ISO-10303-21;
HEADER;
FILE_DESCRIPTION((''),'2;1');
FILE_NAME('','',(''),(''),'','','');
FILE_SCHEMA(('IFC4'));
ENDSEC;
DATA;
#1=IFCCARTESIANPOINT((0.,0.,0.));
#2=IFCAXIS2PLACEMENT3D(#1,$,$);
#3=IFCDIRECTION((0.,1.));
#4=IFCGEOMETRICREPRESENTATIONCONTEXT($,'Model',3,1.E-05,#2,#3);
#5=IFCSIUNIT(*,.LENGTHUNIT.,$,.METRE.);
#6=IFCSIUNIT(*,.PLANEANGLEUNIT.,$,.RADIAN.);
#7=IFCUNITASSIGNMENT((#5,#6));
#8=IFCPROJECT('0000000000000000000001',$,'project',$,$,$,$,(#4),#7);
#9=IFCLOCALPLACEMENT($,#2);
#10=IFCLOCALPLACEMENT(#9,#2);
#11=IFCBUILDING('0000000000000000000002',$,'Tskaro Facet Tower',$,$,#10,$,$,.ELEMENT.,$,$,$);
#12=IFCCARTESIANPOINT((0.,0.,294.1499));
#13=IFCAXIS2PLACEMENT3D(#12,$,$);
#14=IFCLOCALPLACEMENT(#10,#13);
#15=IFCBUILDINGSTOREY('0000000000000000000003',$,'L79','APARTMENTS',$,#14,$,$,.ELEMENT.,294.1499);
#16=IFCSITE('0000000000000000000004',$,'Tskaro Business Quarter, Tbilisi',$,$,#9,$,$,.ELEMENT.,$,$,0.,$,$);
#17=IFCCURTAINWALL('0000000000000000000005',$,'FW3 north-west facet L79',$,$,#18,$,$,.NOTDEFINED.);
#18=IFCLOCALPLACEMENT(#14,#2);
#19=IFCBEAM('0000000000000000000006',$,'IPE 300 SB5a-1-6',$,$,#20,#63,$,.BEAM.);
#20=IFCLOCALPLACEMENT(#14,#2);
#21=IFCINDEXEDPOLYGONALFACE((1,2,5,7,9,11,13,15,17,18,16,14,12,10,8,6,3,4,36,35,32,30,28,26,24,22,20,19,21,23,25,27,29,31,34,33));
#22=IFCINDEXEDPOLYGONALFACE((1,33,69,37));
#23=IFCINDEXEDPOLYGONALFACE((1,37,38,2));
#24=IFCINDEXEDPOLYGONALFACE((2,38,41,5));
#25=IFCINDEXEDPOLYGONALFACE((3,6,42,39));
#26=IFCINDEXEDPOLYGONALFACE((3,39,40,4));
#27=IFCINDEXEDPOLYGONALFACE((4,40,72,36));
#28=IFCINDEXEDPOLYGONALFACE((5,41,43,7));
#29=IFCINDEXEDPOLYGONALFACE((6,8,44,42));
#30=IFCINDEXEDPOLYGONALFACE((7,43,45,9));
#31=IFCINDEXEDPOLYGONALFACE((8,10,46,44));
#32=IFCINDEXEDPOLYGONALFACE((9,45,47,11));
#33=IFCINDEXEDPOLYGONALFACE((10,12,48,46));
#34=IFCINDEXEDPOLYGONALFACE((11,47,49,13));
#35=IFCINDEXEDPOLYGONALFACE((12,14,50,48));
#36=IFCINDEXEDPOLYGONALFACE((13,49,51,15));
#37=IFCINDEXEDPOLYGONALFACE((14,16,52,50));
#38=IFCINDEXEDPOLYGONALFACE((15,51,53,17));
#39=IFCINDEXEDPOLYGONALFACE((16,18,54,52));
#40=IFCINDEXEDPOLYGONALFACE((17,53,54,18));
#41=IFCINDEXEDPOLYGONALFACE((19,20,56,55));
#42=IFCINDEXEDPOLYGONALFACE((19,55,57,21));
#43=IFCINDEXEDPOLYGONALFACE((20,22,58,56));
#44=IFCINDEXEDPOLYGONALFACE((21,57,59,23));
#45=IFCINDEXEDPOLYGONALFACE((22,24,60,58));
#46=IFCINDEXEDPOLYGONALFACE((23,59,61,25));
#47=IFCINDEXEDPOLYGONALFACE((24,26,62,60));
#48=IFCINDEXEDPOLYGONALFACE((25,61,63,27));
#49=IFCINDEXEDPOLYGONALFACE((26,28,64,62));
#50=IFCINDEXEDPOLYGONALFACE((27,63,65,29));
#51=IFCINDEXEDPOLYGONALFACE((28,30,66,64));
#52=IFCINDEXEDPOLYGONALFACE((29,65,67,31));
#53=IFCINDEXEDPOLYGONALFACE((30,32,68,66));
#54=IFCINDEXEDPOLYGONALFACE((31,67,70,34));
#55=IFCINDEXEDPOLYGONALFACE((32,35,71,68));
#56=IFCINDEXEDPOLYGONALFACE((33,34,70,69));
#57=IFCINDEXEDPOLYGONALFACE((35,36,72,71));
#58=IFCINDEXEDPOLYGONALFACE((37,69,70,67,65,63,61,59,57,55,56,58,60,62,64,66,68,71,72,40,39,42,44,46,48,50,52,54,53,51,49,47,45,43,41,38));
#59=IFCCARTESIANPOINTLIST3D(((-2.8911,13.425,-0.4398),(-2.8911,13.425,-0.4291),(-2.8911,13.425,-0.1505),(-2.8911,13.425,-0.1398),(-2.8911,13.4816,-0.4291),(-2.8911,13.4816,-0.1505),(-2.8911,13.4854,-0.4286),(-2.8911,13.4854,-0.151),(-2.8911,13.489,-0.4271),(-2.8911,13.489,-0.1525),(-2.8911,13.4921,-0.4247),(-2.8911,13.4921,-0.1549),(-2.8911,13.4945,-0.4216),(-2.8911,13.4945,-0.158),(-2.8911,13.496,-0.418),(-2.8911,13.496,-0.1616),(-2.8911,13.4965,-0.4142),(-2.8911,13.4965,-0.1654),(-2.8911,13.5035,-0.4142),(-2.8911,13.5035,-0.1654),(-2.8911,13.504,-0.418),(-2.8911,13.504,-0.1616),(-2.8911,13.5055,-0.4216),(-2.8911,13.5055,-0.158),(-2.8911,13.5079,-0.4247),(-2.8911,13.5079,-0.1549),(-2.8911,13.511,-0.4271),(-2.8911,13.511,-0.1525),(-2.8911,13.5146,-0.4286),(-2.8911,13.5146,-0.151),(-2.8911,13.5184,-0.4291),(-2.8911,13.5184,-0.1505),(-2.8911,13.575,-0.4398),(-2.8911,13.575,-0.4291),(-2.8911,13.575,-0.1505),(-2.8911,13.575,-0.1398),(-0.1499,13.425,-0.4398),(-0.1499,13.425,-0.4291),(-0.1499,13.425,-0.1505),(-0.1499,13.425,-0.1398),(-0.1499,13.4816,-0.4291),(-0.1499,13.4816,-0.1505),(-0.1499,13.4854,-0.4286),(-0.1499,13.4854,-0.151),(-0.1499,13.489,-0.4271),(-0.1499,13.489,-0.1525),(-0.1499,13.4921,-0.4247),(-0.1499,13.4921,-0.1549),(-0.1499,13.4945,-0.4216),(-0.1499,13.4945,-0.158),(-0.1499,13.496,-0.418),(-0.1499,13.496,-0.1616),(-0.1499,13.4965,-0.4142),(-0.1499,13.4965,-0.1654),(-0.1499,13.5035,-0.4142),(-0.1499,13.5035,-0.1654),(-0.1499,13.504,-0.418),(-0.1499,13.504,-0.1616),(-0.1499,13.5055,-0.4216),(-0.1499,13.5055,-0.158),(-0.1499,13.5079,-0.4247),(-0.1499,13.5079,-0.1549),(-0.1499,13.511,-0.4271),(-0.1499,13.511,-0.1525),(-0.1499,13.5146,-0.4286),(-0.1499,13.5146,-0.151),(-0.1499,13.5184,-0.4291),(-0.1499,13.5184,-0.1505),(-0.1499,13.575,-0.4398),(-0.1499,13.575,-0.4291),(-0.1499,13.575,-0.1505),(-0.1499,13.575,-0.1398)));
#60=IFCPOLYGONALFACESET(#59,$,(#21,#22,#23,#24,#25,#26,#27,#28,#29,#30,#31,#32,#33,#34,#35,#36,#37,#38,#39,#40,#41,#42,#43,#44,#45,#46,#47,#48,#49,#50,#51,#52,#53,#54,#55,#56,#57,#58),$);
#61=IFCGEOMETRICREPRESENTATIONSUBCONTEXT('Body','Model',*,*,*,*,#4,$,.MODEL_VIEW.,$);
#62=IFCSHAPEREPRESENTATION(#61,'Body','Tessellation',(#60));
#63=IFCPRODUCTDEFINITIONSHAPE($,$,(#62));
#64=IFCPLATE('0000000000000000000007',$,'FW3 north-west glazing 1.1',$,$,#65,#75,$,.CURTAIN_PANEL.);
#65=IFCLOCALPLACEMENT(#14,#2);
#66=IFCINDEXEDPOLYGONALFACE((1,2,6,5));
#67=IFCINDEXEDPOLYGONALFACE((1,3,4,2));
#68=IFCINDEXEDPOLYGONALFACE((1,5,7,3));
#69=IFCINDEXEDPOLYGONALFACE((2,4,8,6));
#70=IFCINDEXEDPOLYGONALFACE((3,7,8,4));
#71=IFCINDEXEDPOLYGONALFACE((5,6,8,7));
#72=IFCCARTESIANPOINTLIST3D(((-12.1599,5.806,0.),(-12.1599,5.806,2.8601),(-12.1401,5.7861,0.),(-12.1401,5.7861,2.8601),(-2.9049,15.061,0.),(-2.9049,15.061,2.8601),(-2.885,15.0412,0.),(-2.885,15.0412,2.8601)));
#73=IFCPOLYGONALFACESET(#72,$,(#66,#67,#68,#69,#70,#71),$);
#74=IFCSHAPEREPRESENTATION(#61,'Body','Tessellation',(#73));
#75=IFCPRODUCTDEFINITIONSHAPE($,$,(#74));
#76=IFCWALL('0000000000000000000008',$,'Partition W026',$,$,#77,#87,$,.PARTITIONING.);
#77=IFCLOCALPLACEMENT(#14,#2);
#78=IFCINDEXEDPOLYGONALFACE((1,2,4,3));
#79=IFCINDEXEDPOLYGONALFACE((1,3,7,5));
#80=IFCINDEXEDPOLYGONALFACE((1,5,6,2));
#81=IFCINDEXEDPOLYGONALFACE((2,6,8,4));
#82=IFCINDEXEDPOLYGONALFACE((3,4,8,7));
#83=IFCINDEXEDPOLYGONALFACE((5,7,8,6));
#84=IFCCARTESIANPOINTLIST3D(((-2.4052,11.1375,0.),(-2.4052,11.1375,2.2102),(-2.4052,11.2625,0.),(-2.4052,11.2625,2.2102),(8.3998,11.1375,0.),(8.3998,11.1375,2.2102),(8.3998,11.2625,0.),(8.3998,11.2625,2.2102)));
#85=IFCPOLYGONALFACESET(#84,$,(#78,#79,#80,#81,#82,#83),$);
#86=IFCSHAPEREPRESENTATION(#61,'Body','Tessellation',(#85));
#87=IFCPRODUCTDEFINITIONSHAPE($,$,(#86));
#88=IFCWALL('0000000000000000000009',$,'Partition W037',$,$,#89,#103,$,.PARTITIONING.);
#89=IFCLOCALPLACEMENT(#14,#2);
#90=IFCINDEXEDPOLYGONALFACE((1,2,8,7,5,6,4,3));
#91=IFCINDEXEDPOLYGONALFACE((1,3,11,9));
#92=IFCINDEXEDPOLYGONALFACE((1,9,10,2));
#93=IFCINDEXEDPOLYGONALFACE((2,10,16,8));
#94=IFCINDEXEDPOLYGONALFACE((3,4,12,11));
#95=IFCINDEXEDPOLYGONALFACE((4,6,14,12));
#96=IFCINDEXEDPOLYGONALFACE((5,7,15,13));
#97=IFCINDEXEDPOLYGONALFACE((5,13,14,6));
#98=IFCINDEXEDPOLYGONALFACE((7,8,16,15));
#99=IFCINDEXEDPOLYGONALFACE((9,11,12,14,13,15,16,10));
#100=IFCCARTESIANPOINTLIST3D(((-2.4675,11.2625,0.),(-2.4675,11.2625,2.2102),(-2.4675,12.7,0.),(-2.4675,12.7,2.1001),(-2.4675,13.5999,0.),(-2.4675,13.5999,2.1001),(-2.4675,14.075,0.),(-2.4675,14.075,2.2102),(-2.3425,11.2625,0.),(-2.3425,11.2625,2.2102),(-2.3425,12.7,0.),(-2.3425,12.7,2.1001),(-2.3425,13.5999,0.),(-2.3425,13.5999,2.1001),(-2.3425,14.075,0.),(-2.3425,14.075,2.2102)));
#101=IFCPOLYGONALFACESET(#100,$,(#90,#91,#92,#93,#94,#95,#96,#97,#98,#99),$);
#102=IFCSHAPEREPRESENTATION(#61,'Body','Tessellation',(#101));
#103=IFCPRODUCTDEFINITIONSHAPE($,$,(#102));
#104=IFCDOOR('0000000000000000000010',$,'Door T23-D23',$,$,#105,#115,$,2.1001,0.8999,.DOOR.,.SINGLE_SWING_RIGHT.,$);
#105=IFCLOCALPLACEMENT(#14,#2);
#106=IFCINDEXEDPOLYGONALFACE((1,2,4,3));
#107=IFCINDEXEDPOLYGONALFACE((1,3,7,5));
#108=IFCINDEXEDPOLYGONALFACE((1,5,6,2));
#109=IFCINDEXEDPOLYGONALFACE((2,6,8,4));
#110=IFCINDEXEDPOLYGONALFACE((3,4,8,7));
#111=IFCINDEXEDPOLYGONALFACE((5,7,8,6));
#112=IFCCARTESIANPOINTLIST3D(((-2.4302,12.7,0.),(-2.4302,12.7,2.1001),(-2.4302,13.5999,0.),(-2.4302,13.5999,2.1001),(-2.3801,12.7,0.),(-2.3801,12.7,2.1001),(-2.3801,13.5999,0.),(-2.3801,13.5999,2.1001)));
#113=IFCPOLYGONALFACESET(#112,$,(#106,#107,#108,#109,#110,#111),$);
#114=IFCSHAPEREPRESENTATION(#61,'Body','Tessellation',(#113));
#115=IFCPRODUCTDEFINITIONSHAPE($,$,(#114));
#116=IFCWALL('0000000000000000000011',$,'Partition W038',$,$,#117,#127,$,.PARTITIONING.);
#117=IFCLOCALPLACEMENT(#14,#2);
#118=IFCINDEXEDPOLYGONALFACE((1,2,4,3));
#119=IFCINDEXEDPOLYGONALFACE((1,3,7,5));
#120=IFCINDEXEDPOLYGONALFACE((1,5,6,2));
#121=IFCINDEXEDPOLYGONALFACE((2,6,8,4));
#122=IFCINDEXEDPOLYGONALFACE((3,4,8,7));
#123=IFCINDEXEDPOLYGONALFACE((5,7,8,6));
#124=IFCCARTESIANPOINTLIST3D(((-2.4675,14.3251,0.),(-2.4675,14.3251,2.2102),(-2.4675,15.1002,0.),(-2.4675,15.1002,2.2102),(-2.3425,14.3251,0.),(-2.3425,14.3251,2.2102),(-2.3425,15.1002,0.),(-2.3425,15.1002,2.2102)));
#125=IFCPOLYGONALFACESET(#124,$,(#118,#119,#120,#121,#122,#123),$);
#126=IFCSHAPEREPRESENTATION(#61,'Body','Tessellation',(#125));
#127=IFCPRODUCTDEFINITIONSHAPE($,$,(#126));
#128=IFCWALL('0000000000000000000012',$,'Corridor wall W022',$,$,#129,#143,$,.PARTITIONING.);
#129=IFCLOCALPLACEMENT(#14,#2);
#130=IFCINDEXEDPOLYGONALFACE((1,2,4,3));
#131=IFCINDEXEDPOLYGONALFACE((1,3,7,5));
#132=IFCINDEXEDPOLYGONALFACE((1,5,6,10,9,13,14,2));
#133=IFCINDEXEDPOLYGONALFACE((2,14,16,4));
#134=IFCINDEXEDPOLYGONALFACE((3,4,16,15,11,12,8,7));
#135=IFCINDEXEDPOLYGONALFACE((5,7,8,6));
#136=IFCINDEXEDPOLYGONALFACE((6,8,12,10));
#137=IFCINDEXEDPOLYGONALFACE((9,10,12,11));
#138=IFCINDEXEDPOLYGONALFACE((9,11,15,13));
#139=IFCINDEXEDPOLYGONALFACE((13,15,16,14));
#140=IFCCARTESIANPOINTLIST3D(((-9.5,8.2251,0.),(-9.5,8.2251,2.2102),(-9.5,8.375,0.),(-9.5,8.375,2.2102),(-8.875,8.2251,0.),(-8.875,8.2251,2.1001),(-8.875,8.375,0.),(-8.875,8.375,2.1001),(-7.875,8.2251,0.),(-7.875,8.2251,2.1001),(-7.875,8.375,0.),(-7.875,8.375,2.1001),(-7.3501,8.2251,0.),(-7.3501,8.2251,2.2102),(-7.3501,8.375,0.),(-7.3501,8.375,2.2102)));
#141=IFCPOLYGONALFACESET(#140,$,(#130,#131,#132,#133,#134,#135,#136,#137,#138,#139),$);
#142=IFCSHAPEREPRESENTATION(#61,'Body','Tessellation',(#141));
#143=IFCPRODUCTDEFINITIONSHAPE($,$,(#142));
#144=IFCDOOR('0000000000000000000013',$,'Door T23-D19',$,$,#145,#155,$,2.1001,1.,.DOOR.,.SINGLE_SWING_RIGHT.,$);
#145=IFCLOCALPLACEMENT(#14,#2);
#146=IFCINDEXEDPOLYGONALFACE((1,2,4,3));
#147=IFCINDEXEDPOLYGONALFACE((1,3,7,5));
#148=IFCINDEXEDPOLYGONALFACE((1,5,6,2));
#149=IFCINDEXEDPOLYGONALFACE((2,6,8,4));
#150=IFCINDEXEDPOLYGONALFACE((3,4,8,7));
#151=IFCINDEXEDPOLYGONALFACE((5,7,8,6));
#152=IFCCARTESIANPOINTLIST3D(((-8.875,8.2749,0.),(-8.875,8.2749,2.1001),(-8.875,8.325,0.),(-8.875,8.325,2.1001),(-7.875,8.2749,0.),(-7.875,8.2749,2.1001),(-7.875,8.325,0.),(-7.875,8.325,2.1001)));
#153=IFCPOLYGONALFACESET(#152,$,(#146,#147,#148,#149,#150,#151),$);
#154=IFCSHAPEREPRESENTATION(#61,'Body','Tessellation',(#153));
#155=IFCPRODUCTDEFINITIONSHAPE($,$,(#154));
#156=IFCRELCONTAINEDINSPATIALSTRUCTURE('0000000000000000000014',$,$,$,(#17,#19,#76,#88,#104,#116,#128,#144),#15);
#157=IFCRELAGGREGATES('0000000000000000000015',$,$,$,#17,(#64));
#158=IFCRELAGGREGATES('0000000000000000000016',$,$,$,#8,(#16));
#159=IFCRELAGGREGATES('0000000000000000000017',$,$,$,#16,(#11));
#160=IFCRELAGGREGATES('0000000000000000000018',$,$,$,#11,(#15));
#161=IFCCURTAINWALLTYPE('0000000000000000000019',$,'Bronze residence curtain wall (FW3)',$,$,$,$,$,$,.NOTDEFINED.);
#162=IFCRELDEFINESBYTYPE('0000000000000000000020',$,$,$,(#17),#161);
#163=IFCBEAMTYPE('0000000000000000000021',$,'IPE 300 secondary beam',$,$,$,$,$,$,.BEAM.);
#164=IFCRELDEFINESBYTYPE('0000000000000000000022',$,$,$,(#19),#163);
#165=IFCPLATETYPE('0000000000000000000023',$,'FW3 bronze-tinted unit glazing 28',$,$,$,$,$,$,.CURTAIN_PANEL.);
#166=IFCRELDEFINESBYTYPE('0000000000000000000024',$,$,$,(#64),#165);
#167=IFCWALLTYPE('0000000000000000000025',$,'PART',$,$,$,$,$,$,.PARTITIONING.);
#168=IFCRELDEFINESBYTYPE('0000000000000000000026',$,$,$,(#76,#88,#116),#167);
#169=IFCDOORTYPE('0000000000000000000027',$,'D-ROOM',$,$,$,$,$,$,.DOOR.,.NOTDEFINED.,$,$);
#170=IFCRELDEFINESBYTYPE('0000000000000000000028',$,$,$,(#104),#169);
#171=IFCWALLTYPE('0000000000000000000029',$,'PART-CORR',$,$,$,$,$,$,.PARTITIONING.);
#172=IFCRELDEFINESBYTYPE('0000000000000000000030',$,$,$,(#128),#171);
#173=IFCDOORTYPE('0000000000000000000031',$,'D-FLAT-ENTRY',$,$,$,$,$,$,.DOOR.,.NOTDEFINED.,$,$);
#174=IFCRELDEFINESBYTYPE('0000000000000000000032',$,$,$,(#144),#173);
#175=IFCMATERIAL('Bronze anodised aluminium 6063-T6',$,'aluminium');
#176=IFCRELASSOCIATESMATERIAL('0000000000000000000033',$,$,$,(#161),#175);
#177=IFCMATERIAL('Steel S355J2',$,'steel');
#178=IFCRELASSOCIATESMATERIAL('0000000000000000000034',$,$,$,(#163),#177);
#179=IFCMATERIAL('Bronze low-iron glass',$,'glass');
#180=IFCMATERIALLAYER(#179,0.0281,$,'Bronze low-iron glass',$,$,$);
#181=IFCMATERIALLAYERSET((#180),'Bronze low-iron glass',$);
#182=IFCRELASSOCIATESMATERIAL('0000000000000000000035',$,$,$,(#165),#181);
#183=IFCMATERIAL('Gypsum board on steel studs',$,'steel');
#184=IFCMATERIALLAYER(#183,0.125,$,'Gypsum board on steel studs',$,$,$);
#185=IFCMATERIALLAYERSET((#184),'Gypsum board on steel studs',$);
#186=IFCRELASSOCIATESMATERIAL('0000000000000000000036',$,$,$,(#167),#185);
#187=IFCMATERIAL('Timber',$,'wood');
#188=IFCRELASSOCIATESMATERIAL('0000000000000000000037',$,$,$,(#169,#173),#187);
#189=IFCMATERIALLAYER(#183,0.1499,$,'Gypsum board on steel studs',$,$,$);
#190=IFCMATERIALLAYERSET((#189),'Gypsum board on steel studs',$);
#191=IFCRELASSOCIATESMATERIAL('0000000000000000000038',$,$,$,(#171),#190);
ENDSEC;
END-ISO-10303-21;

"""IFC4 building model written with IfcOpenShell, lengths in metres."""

from ifc_helpers import new_model, si_unit, direction, frame, frame_2d, origin, origin_2d, place, context, subcontext, project, spatial, rectangle, i_section, extrude, material, layer, layer_set, material_profile, profile_set, type_object, element, fill, aggregate, save


model = new_model("IFC4")

# Units and contexts
model_context = context("Model", 3, precision=1e-05, world=origin(), true_north=direction((0.0, 1.0)))
body_context = subcontext(model_context, "Body", "Model", "MODEL_VIEW")
ifc_project = project(units=[si_unit("LENGTHUNIT", "METRE"), si_unit("PLANEANGLEUNIT", "RADIAN")], contexts=[model_context])

# Site, building, storey
site_placement = place(None, origin())
site = spatial("IfcSite", under=ifc_project, at=site_placement, Name="Tskaro Business Quarter, Tbilisi", CompositionType="ELEMENT", RefElevation=0.0)
building_placement = place(site_placement, origin())
building = spatial("IfcBuilding", under=site, at=building_placement, Name="Tskaro Facet Tower", CompositionType="ELEMENT")
storey_placement = place(building_placement, frame((0.0, 0.0, 294.1499)))
storey = spatial("IfcBuildingStorey", under=building, at=storey_placement, Name="L79", Description="APARTMENTS", CompositionType="ELEMENT", Elevation=294.1499)

# Shared definitions
ifc_material_1 = material(Name="Steel S355J2", Category="steel")

# Curtain wall
ifc_material_2 = material(Name="Bronze anodised aluminium 6063-T6", Category="aluminium")
curtain_wall_type = type_object("IfcCurtainWallType", Name="Bronze residence curtain wall (FW3)", PredefinedType="NOTDEFINED", material=ifc_material_2)
curtain_wall_1_placement = place(storey_placement, origin())
curtain_wall_1 = element("IfcCurtainWall", 1, at=curtain_wall_1_placement, inside=storey, type_object=curtain_wall_type, Name="FW3 north-west facet L79", PredefinedType="NOTDEFINED")

# Beam
ifc_material_profile_1 = material_profile(ifc_material_1, i_section(OverallWidth=0.1499, OverallDepth=0.3, WebThickness=0.0071, FlangeThickness=0.0107, FilletRadius=0.0149, at=origin_2d()), Name="IPE 300")
ifc_profile_set_1 = profile_set([ifc_material_profile_1], Name="Steel S355J2")
beam_type_1 = type_object("IfcBeamType", Name="IPE 300 secondary beam", PredefinedType="BEAM", material=ifc_profile_set_1)
beam_1_placement = place(storey_placement, frame((-2.8911, 13.5, -0.2898), z_axis=(1.0, 0.0, 0.0), x_axis=(0.0, 1.0, 0.0)))
element("IfcBeam", 2, at=beam_1_placement, inside=storey, type_object=beam_type_1, Name="IPE 300 SB5a-1-6", PredefinedType="BEAM", context=body_context, shape_type="SweptSolid", body=[
    extrude(i_section(OverallWidth=0.1499, OverallDepth=0.3, WebThickness=0.0071, FlangeThickness=0.0107, FilletRadius=0.0149, at=origin_2d()), origin(), (0.0, 0.0, 1.0), 2.7412),
])

# Plate
ifc_material_3 = material(Name="Bronze low-iron glass", Category="glass")
ifc_layer_1 = layer(ifc_material_3, 0.0281, Name="Bronze low-iron glass")
ifc_layer_set_1 = layer_set([ifc_layer_1], Name="Bronze low-iron glass")
plate_type = type_object("IfcPlateType", Name="FW3 bronze-tinted unit glazing 28", PredefinedType="CURTAIN_PANEL", material=ifc_layer_set_1)
plate_placement = place(storey_placement, frame((-7.5225, 10.4236, 0.0), z_axis=(0.0, 0.0, 1.0), x_axis=(-0.707107, -0.707107, 0.0)))
plate = element("IfcPlate", 3, at=plate_placement, type_object=plate_type, Name="FW3 north-west glazing 1.1", PredefinedType="CURTAIN_PANEL", context=body_context, shape_type="SweptSolid", body=[
    extrude(rectangle(XDim=13.0886, YDim=0.0281, at=origin_2d()), origin(), (0.0, 0.0, 1.0), 2.8601),
])
aggregate(curtain_wall_1, [plate])

# Wall
ifc_material_4 = material(Name="Gypsum board on steel studs", Category="steel")
ifc_layer_2 = layer(ifc_material_4, 0.125, Name="Gypsum board on steel studs")
ifc_layer_set_2 = layer_set([ifc_layer_2], Name="Gypsum board on steel studs")
wall_type_1 = type_object("IfcWallType", Name="PART", PredefinedType="PARTITIONING", material=ifc_layer_set_2)
wall_1_placement = place(storey_placement, frame((-2.405, 11.2, 0.0), z_axis=(0.0, 0.0, 1.0), x_axis=(1.0, 0.0, 0.0)))
element("IfcWall", 4, at=wall_1_placement, inside=storey, type_object=wall_type_1, Name="Partition W026", PredefinedType="PARTITIONING", context=body_context, shape_type="SweptSolid", body=[
    extrude(rectangle(XDim=10.8049, YDim=0.125, at=frame_2d((5.4023, 0.0))), origin(), (0.0, 0.0, 1.0), 2.2102),
])

# Wall, opening, door
wall_2_placement = place(storey_placement, frame((-2.405, 14.075, 0.0), z_axis=(0.0, 0.0, 1.0), x_axis=(0.0, -1.0, 0.0)))
wall_2 = element("IfcWall", 5, at=wall_2_placement, inside=storey, type_object=wall_type_1, Name="Partition W037", PredefinedType="PARTITIONING", context=body_context, shape_type="SweptSolid", body=[
    extrude(rectangle(XDim=2.8125, YDim=0.125, at=frame_2d((1.4062, 0.0))), origin(), (0.0, 0.0, 1.0), 2.2102),
])
opening_1_placement = place(wall_2_placement, frame((0.4751, 0.0, 0.0)))
opening_1 = element("IfcOpeningElement", 6, at=opening_1_placement, cuts=wall_2, PredefinedType="OPENING", context=body_context, shape_type="SweptSolid", body=[
    extrude(rectangle(XDim=0.8999, YDim=2.1001, at=frame_2d((0.45, 1.05))), frame((0.0, 0.0725, 0.0), z_axis=(0.0, -1.0, 0.0), x_axis=(1.0, 0.0, 0.0)), (0.0, 0.0, 1.0), 0.145),
])
ifc_material_5 = material(Name="Timber", Category="wood")
door_type_1 = type_object("IfcDoorType", Name="D-ROOM", OperationType="NOTDEFINED", PredefinedType="DOOR", material=ifc_material_5)
door_1_placement = place(opening_1_placement, origin())
door_1 = element("IfcDoor", 7, at=door_1_placement, inside=storey, type_object=door_type_1, Name="Door T23-D23", OperationType="SINGLE_SWING_RIGHT", OverallHeight=2.1001, OverallWidth=0.8999, PredefinedType="DOOR", context=body_context, shape_type="SweptSolid", body=[
    extrude(rectangle(XDim=0.8999, YDim=2.1001, at=frame_2d((0.45, 1.05))), frame((0.0, 0.0249, 0.0), z_axis=(0.0, -1.0, 0.0), x_axis=(1.0, 0.0, 0.0)), (0.0, 0.0, 1.0), 0.05),
])
fill(opening_1, door_1)

# Wall
wall_3_placement = place(storey_placement, frame((-2.405, 14.325, 0.0), z_axis=(0.0, 0.0, 1.0), x_axis=(0.0, 1.0, 0.0)))
element("IfcWall", 8, at=wall_3_placement, inside=storey, type_object=wall_type_1, Name="Partition W038", PredefinedType="PARTITIONING", context=body_context, shape_type="SweptSolid", body=[
    extrude(rectangle(XDim=0.7751, YDim=0.125, at=frame_2d((0.3877, 0.0))), origin(), (0.0, 0.0, 1.0), 2.2102),
])

# Wall, opening, door
ifc_layer_3 = layer(ifc_material_4, 0.1499, Name="Gypsum board on steel studs")
ifc_layer_set_3 = layer_set([ifc_layer_3], Name="Gypsum board on steel studs")
wall_type_2 = type_object("IfcWallType", Name="PART-CORR", PredefinedType="PARTITIONING", material=ifc_layer_set_3)
wall_4_placement = place(storey_placement, frame((-9.5, 8.3, 0.0), z_axis=(0.0, 0.0, 1.0), x_axis=(1.0, 0.0, 0.0)))
wall_4 = element("IfcWall", 9, at=wall_4_placement, inside=storey, type_object=wall_type_2, Name="Corridor wall W022", PredefinedType="PARTITIONING", context=body_context, shape_type="SweptSolid", body=[
    extrude(rectangle(XDim=2.1499, YDim=0.1499, at=frame_2d((1.075, 0.0))), origin(), (0.0, 0.0, 1.0), 2.2102),
])
opening_2_placement = place(wall_4_placement, frame((0.625, 0.0, 0.0)))
opening_2 = element("IfcOpeningElement", 10, at=opening_2_placement, cuts=wall_4, PredefinedType="OPENING", context=body_context, shape_type="SweptSolid", body=[
    extrude(rectangle(XDim=1.0, YDim=2.1001, at=frame_2d((0.5, 1.05))), frame((0.0, 0.085, 0.0), z_axis=(0.0, -1.0, 0.0), x_axis=(1.0, 0.0, 0.0)), (0.0, 0.0, 1.0), 0.1699),
])
door_type_2 = type_object("IfcDoorType", Name="D-FLAT-ENTRY", OperationType="NOTDEFINED", PredefinedType="DOOR", material=ifc_material_5)
door_2_placement = place(opening_2_placement, origin())
door_2 = element("IfcDoor", 11, at=door_2_placement, inside=storey, type_object=door_type_2, Name="Door T23-D19", OperationType="SINGLE_SWING_RIGHT", OverallHeight=2.1001, OverallWidth=1.0, PredefinedType="DOOR", context=body_context, shape_type="SweptSolid", body=[
    extrude(rectangle(XDim=1.0, YDim=2.1001, at=frame_2d((0.5, 1.05))), frame((0.0, 0.0249, 0.0), z_axis=(0.0, -1.0, 0.0), x_axis=(1.0, 0.0, 0.0)), (0.0, 0.0, 1.0), 0.05),
])
fill(opening_2, door_2)

save(model, "model.ifc")
